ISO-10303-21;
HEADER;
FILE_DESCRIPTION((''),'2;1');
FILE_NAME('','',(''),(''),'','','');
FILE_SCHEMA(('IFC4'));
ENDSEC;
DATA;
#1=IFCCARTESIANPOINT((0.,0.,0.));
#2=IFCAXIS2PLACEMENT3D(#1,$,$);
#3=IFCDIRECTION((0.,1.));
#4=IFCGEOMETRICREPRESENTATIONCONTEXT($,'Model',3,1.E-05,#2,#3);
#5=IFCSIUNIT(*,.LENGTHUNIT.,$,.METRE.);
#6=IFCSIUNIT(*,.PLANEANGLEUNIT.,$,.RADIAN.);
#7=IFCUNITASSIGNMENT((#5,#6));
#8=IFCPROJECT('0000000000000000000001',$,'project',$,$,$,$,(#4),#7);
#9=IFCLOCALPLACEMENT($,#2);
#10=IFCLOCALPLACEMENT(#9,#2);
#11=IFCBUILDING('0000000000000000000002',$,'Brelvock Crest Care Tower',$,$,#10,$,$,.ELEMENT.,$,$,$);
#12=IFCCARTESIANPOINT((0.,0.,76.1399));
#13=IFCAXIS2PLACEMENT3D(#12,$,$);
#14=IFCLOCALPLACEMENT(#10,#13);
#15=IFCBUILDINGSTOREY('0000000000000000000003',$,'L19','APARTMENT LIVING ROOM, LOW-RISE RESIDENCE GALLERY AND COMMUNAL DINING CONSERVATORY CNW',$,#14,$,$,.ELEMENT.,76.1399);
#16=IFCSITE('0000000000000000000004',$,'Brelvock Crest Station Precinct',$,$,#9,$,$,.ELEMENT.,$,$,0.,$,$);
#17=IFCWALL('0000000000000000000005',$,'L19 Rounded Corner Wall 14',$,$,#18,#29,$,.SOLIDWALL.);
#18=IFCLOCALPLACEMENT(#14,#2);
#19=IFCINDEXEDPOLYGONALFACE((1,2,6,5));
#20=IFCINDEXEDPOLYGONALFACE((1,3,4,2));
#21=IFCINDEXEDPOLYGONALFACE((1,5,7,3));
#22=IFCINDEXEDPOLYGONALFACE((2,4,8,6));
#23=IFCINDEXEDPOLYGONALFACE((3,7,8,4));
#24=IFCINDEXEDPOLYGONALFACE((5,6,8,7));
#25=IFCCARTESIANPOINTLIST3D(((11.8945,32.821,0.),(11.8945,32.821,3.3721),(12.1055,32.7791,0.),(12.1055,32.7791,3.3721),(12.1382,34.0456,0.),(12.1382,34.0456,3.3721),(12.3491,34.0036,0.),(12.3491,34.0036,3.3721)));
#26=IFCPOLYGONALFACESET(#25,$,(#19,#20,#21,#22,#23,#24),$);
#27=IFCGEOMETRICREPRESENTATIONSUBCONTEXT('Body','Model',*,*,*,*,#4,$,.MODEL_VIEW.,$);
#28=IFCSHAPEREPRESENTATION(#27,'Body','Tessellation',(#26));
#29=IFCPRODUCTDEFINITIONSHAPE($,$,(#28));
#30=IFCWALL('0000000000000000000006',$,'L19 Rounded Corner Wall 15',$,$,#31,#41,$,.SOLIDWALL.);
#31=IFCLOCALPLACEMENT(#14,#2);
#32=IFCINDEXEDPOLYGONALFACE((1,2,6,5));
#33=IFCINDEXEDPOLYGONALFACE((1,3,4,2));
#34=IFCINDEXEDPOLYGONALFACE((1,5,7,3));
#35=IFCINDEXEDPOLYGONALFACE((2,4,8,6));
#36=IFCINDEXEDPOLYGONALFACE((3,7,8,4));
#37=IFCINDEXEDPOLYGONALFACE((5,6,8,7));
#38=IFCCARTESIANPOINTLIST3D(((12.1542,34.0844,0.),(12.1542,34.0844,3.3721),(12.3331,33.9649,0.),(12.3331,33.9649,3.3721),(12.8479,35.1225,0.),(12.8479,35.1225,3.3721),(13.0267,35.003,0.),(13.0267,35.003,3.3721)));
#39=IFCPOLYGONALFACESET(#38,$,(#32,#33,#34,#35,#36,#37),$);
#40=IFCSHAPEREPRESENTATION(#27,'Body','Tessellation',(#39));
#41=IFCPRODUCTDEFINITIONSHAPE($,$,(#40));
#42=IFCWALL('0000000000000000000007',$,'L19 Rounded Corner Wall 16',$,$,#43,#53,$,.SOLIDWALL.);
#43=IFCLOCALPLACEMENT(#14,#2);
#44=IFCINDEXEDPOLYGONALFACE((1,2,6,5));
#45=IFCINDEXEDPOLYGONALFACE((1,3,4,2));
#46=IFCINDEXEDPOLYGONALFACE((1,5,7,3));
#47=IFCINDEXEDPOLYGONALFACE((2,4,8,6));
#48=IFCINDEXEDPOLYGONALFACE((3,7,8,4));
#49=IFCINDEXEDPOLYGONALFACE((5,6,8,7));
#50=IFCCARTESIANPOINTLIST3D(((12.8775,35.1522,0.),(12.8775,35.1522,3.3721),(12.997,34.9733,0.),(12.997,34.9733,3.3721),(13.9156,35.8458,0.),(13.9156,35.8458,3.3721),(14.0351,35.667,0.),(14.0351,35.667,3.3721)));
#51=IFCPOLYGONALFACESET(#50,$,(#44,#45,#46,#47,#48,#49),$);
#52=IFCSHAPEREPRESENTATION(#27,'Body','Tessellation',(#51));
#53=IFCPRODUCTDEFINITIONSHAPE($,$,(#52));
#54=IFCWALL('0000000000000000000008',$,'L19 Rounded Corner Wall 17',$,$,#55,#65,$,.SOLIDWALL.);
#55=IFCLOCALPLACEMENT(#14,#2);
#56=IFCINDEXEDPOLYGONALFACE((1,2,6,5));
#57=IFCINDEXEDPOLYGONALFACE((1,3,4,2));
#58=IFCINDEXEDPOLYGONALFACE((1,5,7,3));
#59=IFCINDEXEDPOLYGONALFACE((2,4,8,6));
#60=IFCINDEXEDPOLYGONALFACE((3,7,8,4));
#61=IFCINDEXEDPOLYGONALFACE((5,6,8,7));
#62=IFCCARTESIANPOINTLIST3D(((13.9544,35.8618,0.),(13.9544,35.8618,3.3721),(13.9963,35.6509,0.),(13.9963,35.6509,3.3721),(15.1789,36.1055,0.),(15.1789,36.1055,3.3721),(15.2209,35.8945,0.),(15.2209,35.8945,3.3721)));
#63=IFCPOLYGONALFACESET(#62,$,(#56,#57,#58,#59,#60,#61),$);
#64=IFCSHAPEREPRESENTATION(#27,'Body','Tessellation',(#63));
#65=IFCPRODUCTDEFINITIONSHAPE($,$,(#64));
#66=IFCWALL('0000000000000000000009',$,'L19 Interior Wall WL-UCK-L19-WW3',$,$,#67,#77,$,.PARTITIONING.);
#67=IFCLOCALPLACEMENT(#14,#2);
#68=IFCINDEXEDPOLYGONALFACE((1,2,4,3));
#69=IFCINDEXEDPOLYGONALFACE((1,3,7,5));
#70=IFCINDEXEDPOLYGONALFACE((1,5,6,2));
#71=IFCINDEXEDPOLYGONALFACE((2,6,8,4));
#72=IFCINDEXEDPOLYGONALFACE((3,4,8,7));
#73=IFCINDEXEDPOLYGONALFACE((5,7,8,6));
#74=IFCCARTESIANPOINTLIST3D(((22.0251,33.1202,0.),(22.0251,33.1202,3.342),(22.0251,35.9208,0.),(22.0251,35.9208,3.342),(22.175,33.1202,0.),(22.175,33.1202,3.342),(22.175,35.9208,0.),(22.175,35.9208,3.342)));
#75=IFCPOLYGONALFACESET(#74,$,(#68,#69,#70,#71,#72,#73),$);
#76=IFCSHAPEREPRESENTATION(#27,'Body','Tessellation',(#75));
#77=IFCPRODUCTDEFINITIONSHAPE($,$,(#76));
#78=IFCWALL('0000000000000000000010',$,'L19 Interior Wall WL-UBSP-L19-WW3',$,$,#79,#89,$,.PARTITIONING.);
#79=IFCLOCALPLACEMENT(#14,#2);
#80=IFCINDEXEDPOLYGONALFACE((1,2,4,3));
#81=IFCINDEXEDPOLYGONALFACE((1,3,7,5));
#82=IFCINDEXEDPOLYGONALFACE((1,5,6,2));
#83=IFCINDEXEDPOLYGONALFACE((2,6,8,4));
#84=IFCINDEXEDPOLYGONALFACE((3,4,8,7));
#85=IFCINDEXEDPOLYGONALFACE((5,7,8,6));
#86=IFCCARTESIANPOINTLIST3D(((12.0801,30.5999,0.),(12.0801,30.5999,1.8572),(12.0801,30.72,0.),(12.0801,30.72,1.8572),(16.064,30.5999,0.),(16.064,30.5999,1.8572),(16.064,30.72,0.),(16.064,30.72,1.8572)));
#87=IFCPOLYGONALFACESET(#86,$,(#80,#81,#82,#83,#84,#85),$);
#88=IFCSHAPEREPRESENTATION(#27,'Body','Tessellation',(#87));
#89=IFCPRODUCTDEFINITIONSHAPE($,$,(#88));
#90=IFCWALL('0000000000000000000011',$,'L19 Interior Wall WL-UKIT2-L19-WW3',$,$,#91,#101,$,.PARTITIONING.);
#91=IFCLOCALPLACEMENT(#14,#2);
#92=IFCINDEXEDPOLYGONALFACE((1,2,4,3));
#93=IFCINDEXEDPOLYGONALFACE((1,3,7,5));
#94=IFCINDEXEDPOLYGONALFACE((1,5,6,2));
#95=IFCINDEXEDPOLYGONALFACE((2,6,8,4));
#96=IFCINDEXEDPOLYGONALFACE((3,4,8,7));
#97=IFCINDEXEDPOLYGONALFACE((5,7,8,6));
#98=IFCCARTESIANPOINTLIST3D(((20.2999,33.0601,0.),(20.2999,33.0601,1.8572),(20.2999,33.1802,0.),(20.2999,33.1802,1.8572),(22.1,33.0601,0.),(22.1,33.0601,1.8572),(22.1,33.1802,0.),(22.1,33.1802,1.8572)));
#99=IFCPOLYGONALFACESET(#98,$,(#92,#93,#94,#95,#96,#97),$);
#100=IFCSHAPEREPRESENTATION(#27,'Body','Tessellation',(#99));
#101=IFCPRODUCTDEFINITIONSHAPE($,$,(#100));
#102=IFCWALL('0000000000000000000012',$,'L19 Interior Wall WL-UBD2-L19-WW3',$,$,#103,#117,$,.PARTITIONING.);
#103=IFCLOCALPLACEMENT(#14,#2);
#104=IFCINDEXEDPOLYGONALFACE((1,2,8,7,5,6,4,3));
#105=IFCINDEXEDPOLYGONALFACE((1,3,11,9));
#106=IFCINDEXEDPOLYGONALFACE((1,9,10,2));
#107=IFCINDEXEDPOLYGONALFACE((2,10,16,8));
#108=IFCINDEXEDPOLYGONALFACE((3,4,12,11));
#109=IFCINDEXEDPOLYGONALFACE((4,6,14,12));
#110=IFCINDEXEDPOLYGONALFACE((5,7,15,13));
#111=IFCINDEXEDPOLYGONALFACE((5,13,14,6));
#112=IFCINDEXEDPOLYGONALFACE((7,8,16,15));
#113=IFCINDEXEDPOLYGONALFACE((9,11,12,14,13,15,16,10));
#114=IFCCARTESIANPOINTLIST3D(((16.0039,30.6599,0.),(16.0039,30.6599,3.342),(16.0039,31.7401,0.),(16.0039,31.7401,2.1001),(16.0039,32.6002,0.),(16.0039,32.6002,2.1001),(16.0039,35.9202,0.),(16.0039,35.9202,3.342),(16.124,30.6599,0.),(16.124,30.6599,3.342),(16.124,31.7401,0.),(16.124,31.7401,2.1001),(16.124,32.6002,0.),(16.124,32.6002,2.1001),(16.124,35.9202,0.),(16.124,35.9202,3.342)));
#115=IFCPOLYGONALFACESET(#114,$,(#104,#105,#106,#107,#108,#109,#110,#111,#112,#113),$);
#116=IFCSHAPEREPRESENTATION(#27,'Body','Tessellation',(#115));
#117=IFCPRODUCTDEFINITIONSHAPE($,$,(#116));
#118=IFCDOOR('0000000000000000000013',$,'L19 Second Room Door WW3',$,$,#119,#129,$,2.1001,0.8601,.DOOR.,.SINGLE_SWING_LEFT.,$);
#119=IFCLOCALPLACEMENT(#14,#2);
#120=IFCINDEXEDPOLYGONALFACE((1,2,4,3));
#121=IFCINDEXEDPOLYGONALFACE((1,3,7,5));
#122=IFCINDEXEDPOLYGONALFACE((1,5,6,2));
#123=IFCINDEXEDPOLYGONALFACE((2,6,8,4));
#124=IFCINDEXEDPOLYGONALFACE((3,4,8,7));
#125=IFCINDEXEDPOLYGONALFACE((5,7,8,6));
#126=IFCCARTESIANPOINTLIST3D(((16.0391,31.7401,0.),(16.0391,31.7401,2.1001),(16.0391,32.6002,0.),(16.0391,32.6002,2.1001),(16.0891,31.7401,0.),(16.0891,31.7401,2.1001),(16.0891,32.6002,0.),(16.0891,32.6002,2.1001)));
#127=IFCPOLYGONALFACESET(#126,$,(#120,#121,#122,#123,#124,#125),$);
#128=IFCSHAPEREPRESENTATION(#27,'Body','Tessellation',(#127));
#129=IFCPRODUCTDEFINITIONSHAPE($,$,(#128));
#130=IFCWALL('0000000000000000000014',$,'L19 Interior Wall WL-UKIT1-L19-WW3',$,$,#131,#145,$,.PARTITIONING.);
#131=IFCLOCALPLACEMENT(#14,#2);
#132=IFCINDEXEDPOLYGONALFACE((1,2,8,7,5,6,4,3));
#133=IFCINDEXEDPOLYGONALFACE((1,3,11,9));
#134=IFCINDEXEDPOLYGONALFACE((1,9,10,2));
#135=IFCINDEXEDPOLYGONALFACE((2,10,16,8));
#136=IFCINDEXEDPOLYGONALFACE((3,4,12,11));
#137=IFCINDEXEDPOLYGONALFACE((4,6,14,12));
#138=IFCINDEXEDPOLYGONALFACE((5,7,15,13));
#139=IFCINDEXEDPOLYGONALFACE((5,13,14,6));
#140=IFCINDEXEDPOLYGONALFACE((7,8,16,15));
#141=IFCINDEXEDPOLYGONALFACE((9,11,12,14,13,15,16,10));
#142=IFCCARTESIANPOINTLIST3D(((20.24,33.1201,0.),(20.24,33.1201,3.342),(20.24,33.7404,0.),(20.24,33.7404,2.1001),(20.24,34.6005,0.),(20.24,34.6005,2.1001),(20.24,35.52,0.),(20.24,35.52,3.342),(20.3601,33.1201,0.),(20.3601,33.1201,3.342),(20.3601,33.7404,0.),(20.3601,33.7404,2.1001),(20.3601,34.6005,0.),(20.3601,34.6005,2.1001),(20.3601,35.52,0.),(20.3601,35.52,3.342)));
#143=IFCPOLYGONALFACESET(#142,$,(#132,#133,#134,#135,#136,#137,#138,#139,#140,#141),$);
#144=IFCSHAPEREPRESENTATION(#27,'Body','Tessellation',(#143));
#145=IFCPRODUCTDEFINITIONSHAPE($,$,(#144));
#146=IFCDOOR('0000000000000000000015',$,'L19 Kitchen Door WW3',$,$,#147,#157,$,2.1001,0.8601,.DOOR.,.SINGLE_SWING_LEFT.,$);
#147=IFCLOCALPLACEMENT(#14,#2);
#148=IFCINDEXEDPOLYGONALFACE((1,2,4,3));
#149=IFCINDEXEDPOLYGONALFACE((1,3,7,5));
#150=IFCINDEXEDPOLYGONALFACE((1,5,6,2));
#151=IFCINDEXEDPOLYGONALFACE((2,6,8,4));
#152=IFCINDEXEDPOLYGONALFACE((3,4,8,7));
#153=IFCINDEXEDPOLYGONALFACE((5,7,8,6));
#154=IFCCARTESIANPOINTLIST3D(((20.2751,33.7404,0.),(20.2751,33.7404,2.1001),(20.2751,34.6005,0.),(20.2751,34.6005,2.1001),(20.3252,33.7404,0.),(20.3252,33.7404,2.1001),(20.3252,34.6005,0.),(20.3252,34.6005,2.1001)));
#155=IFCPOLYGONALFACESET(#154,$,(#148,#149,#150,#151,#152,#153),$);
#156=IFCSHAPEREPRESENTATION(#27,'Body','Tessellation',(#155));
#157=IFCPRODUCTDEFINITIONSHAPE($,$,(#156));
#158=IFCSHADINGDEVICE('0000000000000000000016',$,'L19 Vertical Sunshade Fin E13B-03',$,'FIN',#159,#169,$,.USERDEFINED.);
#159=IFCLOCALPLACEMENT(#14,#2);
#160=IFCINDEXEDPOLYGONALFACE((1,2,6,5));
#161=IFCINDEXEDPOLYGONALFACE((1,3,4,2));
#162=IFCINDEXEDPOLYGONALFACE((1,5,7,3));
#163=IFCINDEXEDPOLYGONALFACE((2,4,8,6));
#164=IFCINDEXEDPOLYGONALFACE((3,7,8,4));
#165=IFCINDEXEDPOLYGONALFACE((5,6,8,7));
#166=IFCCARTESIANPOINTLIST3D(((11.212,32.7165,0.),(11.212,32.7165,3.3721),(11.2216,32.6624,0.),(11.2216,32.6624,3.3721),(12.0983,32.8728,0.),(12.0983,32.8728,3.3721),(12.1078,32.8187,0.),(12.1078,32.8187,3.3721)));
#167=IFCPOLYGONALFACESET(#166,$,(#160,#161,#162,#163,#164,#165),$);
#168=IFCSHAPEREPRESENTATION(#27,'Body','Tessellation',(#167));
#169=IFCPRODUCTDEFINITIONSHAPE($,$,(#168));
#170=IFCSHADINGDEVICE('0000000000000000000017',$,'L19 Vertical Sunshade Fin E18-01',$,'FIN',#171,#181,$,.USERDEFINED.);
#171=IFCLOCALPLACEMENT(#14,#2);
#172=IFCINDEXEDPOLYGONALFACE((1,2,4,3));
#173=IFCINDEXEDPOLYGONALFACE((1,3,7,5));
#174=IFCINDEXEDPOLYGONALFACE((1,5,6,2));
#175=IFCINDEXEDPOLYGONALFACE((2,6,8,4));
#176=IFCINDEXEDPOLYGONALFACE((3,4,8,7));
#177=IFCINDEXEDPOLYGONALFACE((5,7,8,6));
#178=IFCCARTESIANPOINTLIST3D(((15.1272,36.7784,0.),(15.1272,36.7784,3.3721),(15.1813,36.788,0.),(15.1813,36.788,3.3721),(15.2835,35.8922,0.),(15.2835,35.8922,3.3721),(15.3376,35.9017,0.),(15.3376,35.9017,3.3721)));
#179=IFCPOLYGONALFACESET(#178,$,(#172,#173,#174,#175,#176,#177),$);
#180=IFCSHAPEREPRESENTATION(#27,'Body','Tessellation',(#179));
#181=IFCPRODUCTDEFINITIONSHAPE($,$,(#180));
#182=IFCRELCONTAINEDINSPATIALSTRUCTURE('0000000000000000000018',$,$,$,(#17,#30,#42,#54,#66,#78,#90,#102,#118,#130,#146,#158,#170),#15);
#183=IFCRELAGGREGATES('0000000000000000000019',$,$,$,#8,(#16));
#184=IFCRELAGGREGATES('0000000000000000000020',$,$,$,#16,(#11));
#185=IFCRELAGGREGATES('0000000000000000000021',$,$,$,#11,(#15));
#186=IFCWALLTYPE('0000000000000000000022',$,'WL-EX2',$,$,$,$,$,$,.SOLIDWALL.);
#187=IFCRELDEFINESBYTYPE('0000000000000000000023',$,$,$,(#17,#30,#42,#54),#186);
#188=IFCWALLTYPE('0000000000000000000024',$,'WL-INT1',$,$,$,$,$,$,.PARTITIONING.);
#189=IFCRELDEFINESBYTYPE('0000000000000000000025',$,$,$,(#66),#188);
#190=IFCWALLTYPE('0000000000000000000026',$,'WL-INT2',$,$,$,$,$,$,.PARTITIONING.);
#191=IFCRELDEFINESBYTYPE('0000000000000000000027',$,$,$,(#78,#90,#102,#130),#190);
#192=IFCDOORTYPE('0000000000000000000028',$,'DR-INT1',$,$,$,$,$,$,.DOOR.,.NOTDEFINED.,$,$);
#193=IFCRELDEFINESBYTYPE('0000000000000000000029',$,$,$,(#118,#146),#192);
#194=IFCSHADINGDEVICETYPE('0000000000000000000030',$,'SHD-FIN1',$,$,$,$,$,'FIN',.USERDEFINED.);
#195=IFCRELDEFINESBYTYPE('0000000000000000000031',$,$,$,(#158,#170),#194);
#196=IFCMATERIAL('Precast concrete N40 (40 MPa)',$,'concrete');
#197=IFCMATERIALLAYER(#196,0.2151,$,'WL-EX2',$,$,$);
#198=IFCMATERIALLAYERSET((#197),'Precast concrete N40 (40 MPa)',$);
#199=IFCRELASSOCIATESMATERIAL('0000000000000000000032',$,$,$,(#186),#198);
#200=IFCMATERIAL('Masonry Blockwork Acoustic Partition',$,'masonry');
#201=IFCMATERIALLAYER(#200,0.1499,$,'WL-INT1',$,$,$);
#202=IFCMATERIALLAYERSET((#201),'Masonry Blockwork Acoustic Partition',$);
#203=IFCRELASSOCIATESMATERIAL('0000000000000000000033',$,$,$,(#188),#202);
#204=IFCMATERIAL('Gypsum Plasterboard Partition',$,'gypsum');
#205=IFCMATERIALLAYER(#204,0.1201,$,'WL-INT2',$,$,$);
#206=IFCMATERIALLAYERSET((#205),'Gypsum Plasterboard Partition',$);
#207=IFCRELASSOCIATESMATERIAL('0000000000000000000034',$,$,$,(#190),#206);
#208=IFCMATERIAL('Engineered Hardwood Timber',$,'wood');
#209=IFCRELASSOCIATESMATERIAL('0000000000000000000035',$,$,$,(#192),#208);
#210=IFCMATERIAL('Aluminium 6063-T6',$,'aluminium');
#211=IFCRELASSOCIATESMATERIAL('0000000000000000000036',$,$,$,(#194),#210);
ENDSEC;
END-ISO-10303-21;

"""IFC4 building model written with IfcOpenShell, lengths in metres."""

from ifc_helpers import new_model, si_unit, direction, frame, frame_2d, origin, origin_2d, place, context, subcontext, project, spatial, rectangle, extrude, source, transform, mapped, material, layer, layer_set, material_profile, profile_set, type_object, element, fill, save


model = new_model("IFC4")

# Units and contexts
model_context = context("Model", 3, precision=1e-05, world=origin(), true_north=direction((0.0, 1.0)))
body_context = subcontext(model_context, "Body", "Model", "MODEL_VIEW")
ifc_project = project(units=[si_unit("LENGTHUNIT", "METRE"), si_unit("PLANEANGLEUNIT", "RADIAN")], contexts=[model_context])

# Site, building, storey
site_placement = place(None, origin())
site = spatial("IfcSite", under=ifc_project, at=site_placement, Name="Brelvock Crest Station Precinct", CompositionType="ELEMENT", RefElevation=0.0)
building_placement = place(site_placement, origin())
building = spatial("IfcBuilding", under=site, at=building_placement, Name="Brelvock Crest Care Tower", CompositionType="ELEMENT")
storey_placement = place(building_placement, frame((0.0, 0.0, 76.1399)))
storey = spatial("IfcBuildingStorey", under=building, at=storey_placement, Name="L19", Description="APARTMENT LIVING ROOM, LOW-RISE RESIDENCE GALLERY AND COMMUNAL DINING CONSERVATORY CNW", CompositionType="ELEMENT", Elevation=76.1399)

# Shared definitions
ifc_material_1 = material(Name="Aluminium 6063-T6", Category="aluminium")

# Walls
ifc_material_2 = material(Name="Precast concrete N40 (40 MPa)", Category="concrete")
ifc_layer_1 = layer(ifc_material_2, 0.2151, Name="WL-EX2")
ifc_layer_set_1 = layer_set([ifc_layer_1], Name="Precast concrete N40 (40 MPa)")
wall_type_1 = type_object("IfcWallType", Name="WL-EX2", PredefinedType="SOLIDWALL", material=ifc_layer_set_1)
for number, where, z_axis, x_axis, name in (
    (1, (12.0, 32.8, 0.0), (0.0, 0.0, 1.0), (0.195138, 0.980776, 0.0), "L19 Rounded Corner Wall 14"),
    (2, (12.2437, 34.0247, 0.0), (0.0, 0.0, 1.0), (0.555557, 0.831478, 0.0), "L19 Rounded Corner Wall 15"),
    (3, (12.9373, 35.0627, 0.0), (0.0, 0.0, 1.0), (0.831478, 0.555557, 0.0), "L19 Rounded Corner Wall 16"),
    (4, (13.9753, 35.7563, 0.0), (0.0, 0.0, 1.0), (0.980776, 0.195138, 0.0), "L19 Rounded Corner Wall 17"),
):
    element("IfcWall", number, at=place(storey_placement, frame(where, z_axis=z_axis, x_axis=x_axis)), inside=storey, type_object=wall_type_1, Name=name, PredefinedType="SOLIDWALL", context=body_context, shape_type="SweptSolid", body=[
        extrude(rectangle(XDim=1.2485, YDim=0.2151, at=frame_2d((0.6243, 0.0))), origin(), (0.0, 0.0, 1.0), 3.3721),
    ])
ifc_material_3 = material(Name="Masonry Blockwork Acoustic Partition", Category="masonry")
ifc_layer_2 = layer(ifc_material_3, 0.1499, Name="WL-INT1")
ifc_layer_set_2 = layer_set([ifc_layer_2], Name="Masonry Blockwork Acoustic Partition")
wall_type_2 = type_object("IfcWallType", Name="WL-INT1", PredefinedType="PARTITIONING", material=ifc_layer_set_2)
wall_1_placement = place(storey_placement, frame((22.1001, 33.1201, 0.0), z_axis=(0.0, 0.0, 1.0), x_axis=(0.0, 1.0, 0.0)))
element("IfcWall", 5, at=wall_1_placement, inside=storey, type_object=wall_type_2, Name="L19 Interior Wall WL-UCK-L19-WW3", PredefinedType="PARTITIONING", context=body_context, shape_type="SweptSolid", body=[
    extrude(rectangle(XDim=2.8005, YDim=0.1499, at=frame_2d((1.4004, 0.0))), origin(), (0.0, 0.0, 1.0), 3.342),
])
ifc_material_4 = material(Name="Gypsum Plasterboard Partition", Category="gypsum")
ifc_layer_3 = layer(ifc_material_4, 0.1201, Name="WL-INT2")
ifc_layer_set_3 = layer_set([ifc_layer_3], Name="Gypsum Plasterboard Partition")
wall_type_3 = type_object("IfcWallType", Name="WL-INT2", PredefinedType="PARTITIONING", material=ifc_layer_set_3)
wall_2_placement = place(storey_placement, frame((12.0801, 30.6599, 0.0), z_axis=(0.0, 0.0, 1.0), x_axis=(1.0, 0.0, 0.0)))
element("IfcWall", 6, at=wall_2_placement, inside=storey, type_object=wall_type_3, Name="L19 Interior Wall WL-UBSP-L19-WW3", PredefinedType="PARTITIONING", context=body_context, shape_type="SweptSolid", body=[
    extrude(rectangle(XDim=3.9839, YDim=0.1201, at=frame_2d((1.9919, 0.0))), origin(), (0.0, 0.0, 1.0), 1.8572),
])
wall_3_placement = place(storey_placement, frame((20.3, 33.1201, 0.0), z_axis=(0.0, 0.0, 1.0), x_axis=(1.0, 0.0, 0.0)))
element("IfcWall", 7, at=wall_3_placement, inside=storey, type_object=wall_type_3, Name="L19 Interior Wall WL-UKIT2-L19-WW3", PredefinedType="PARTITIONING", context=body_context, shape_type="SweptSolid", body=[
    extrude(rectangle(XDim=1.8, YDim=0.1201, at=frame_2d((0.8999, 0.0))), origin(), (0.0, 0.0, 1.0), 1.8572),
])

# Walls, openings, doors
wall_4_placement = place(storey_placement, frame((16.064, 30.6599, 0.0), z_axis=(0.0, 0.0, 1.0), x_axis=(0.0, 1.0, 0.0)))
wall_4 = element("IfcWall", 8, at=wall_4_placement, inside=storey, type_object=wall_type_3, Name="L19 Interior Wall WL-UBD2-L19-WW3", PredefinedType="PARTITIONING", context=body_context, shape_type="SweptSolid", body=[
    extrude(rectangle(XDim=5.2603, YDim=0.1201, at=frame_2d((2.6301, 0.0))), origin(), (0.0, 0.0, 1.0), 3.342),
])
opening_1_placement = place(wall_4_placement, frame((1.0801, 0.0, 0.0)))
opening_1 = element("IfcOpeningElement", 9, at=opening_1_placement, cuts=wall_4, PredefinedType="OPENING", context=body_context, shape_type="SweptSolid", body=[
    extrude(rectangle(XDim=0.8601, YDim=2.1001, at=origin_2d()), frame((0.4302, 0.0701, 1.05), z_axis=(0.0, -1.0, 0.0), x_axis=(1.0, 0.0, 0.0)), (0.0, 0.0, 1.0), 0.1401),
])
ifc_material_5 = material(Name="Engineered Hardwood Timber", Category="wood")
door_type = type_object("IfcDoorType", Name="DR-INT1", OperationType="NOTDEFINED", PredefinedType="DOOR", material=ifc_material_5)
shared_shape_1 = source(origin(), body_context, "Body", "SweptSolid", [
    extrude(rectangle(XDim=0.8601, YDim=2.1001, at=origin_2d()), frame((0.4302, 0.0249, 1.05), z_axis=(0.0, -1.0, 0.0), x_axis=(1.0, 0.0, 0.0)), (0.0, 0.0, 1.0), 0.05),
])
door_1_placement = place(opening_1_placement, origin())
door_1 = element("IfcDoor", 10, at=door_1_placement, inside=storey, type_object=door_type, Name="L19 Second Room Door WW3", OperationType="SINGLE_SWING_LEFT", OverallHeight=2.1001, OverallWidth=0.8601, PredefinedType="DOOR", context=body_context, shape_type="MappedRepresentation", body=[
    mapped(shared_shape_1, transform((0.0, 0.0, 0.0), x_axis=(1.0, 0.0, 0.0), y_axis=(0.0, 1.0, 0.0), z_axis=(0.0, 0.0, 1.0), scale=1.0)),
])
fill(opening_1, door_1)
wall_5_placement = place(storey_placement, frame((20.3, 33.1201, 0.0), z_axis=(0.0, 0.0, 1.0), x_axis=(0.0, 1.0, 0.0)))
wall_5 = element("IfcWall", 11, at=wall_5_placement, inside=storey, type_object=wall_type_3, Name="L19 Interior Wall WL-UKIT1-L19-WW3", PredefinedType="PARTITIONING", context=body_context, shape_type="SweptSolid", body=[
    extrude(rectangle(XDim=2.3999, YDim=0.1201, at=frame_2d((1.2, 0.0))), origin(), (0.0, 0.0, 1.0), 3.342),
])
opening_2_placement = place(wall_5_placement, frame((0.6201, 0.0, 0.0)))
opening_2 = element("IfcOpeningElement", 12, at=opening_2_placement, cuts=wall_5, PredefinedType="OPENING", context=body_context, shape_type="SweptSolid", body=[
    extrude(rectangle(XDim=0.8601, YDim=2.1001, at=origin_2d()), frame((0.4302, 0.0701, 1.05), z_axis=(0.0, -1.0, 0.0), x_axis=(1.0, 0.0, 0.0)), (0.0, 0.0, 1.0), 0.1401),
])
door_2_placement = place(opening_2_placement, origin())
door_2 = element("IfcDoor", 13, at=door_2_placement, inside=storey, type_object=door_type, Name="L19 Kitchen Door WW3", OperationType="SINGLE_SWING_LEFT", OverallHeight=2.1001, OverallWidth=0.8601, PredefinedType="DOOR", context=body_context, shape_type="MappedRepresentation", body=[
    mapped(shared_shape_1, transform((0.0, 0.0, 0.0), x_axis=(1.0, 0.0, 0.0), y_axis=(0.0, 1.0, 0.0), z_axis=(0.0, 0.0, 1.0), scale=1.0)),
])
fill(opening_2, door_2)

# Shading devices
ifc_material_profile_1 = material_profile(ifc_material_1, rectangle(XDim=0.0549, YDim=0.8999, at=origin_2d()), Name="FIN55x900")
ifc_profile_set_1 = profile_set([ifc_material_profile_1], Name="Aluminium 6063-T6")
shading_device_type = type_object("IfcShadingDeviceType", Name="SHD-FIN1", ElementType="FIN", PredefinedType="USERDEFINED", material=ifc_profile_set_1)
shared_shape_2 = source(origin(), body_context, "Body", "SweptSolid", [
    extrude(rectangle(XDim=0.0549, YDim=0.8999, at=origin_2d()), origin(), (0.0, 0.0, 1.0), 3.3721),
])
for number, where, z_axis, x_axis, name in (
    (14, (11.6599, 32.7676, 0.0), (0.0, 0.0, 1.0), (-0.173648, 0.984808, 0.0), "L19 Vertical Sunshade Fin E13B-03"),
    (15, (15.2324, 36.3401, 0.0), (0.0, 0.0, 1.0), (0.984808, 0.173648, 0.0), "L19 Vertical Sunshade Fin E18-01"),
):
    element("IfcShadingDevice", number, at=place(storey_placement, frame(where, z_axis=z_axis, x_axis=x_axis)), inside=storey, type_object=shading_device_type, Name=name, ObjectType="FIN", PredefinedType="USERDEFINED", context=body_context, shape_type="MappedRepresentation", body=[
        mapped(shared_shape_2, transform((0.0, 0.0, 0.0), x_axis=(1.0, 0.0, 0.0), y_axis=(0.0, 1.0, 0.0), z_axis=(0.0, 0.0, 1.0), scale=1.0)),
    ])

save(model, "model.ifc")
